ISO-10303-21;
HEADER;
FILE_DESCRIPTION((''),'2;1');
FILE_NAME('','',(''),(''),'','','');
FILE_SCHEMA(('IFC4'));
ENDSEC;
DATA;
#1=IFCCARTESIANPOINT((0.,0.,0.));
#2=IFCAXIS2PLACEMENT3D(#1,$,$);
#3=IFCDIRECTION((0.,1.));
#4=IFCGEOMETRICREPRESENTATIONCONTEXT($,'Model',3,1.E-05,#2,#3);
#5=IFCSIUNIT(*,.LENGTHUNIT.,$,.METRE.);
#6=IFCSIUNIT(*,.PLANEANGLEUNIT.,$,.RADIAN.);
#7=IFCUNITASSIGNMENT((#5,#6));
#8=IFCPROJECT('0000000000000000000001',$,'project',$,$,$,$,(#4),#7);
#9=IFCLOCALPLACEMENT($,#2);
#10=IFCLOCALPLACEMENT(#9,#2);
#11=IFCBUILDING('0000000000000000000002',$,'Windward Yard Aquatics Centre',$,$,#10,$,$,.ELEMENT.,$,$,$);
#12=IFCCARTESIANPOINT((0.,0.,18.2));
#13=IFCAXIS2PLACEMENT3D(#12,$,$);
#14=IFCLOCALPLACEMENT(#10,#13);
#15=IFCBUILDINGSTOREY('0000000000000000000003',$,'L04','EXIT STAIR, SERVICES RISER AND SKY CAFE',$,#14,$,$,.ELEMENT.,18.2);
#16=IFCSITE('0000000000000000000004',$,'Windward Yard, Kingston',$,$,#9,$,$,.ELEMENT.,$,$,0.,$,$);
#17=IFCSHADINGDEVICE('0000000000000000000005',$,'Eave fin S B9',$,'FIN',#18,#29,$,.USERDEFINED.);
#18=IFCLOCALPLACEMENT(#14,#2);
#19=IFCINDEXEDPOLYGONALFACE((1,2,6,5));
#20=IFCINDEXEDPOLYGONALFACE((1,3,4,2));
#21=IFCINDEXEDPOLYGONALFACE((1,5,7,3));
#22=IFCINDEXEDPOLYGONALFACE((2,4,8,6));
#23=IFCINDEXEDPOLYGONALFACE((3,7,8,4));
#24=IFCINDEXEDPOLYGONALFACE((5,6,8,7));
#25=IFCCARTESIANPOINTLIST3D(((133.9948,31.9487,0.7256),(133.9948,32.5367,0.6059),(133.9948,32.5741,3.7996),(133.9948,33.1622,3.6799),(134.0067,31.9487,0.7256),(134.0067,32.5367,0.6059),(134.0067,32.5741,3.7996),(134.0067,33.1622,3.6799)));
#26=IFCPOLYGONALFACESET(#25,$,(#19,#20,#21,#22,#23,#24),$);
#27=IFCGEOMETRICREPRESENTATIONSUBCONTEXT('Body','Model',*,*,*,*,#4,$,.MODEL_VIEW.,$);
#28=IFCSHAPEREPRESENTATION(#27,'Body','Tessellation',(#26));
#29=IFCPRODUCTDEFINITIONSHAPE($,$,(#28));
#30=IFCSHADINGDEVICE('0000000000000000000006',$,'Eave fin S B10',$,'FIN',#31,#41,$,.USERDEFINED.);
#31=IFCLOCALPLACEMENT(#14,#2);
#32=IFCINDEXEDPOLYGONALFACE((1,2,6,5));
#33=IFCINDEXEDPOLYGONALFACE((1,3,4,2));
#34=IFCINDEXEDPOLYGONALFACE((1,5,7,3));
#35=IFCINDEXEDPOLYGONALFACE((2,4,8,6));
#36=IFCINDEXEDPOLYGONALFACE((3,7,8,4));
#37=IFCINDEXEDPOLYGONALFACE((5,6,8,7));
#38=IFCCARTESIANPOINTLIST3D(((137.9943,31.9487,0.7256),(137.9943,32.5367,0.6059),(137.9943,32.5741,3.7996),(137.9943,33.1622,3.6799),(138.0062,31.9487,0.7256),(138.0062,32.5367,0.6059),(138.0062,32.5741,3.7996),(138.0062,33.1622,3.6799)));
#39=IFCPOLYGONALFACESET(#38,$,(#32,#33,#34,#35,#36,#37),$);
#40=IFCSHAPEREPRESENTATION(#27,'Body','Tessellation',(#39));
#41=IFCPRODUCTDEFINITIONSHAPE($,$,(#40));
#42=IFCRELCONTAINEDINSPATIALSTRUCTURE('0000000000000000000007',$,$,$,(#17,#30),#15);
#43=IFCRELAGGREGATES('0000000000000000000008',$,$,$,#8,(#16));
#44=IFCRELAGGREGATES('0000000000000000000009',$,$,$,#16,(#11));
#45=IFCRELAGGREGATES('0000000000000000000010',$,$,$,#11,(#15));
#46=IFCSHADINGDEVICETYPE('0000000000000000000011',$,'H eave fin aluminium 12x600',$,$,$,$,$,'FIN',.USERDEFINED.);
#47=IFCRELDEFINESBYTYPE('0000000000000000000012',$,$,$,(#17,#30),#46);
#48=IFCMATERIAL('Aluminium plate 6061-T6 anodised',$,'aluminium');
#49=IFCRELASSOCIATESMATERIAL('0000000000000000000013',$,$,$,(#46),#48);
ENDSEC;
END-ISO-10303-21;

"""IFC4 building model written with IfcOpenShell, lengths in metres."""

from ifc_helpers import new_model, si_unit, direction, frame, origin, origin_2d, place, context, subcontext, project, spatial, rectangle, extrude, material, material_profile, profile_set, type_object, element, save


model = new_model("IFC4")

# Units and contexts
model_context = context("Model", 3, precision=1e-05, world=origin(), true_north=direction((0.0, 1.0)))
body_context = subcontext(model_context, "Body", "Model", "MODEL_VIEW")
ifc_project = project(units=[si_unit("LENGTHUNIT", "METRE"), si_unit("PLANEANGLEUNIT", "RADIAN")], contexts=[model_context])

# Site, building, storey
site_placement = place(None, origin())
site = spatial("IfcSite", under=ifc_project, at=site_placement, Name="Windward Yard, Kingston", CompositionType="ELEMENT", RefElevation=0.0)
building_placement = place(site_placement, origin())
building = spatial("IfcBuilding", under=site, at=building_placement, Name="Windward Yard Aquatics Centre", CompositionType="ELEMENT")
storey_placement = place(building_placement, frame((0.0, 0.0, 18.2)))
storey = spatial("IfcBuildingStorey", under=building, at=storey_placement, Name="L04", Description="EXIT STAIR, SERVICES RISER AND SKY CAFE", CompositionType="ELEMENT", Elevation=18.2)

# Shading devices
ifc_material_1 = material(Name="Aluminium plate 6061-T6 anodised", Category="aluminium")
ifc_material_profile_1 = material_profile(ifc_material_1, rectangle(XDim=0.012, YDim=0.6001, at=origin_2d()), Name="H eave fin aluminium 12x600")
ifc_profile_set_1 = profile_set([ifc_material_profile_1], Name="Aluminium plate 6061-T6 anodised")
shading_device_type = type_object("IfcShadingDeviceType", Name="H eave fin aluminium 12x600", ElementType="FIN", PredefinedType="USERDEFINED", material=ifc_profile_set_1)
for number, where, z_axis, x_axis, name in (
    (1, (134.0007, 32.2427, 0.6658), (0.0, 0.199393, 0.97992), (-1.0, 0.0, 0.0), "Eave fin S B9"),
    (2, (138.0002, 32.2427, 0.6658), (0.0, 0.199393, 0.97992), (-1.0, 0.0, 0.0), "Eave fin S B10"),
):
    element("IfcShadingDevice", number, at=place(storey_placement, frame(where, z_axis=z_axis, x_axis=x_axis)), inside=storey, type_object=shading_device_type, Name=name, ObjectType="FIN", PredefinedType="USERDEFINED", context=body_context, shape_type="SweptSolid", body=[
        extrude(rectangle(XDim=0.012, YDim=0.6001, at=origin_2d()), origin(), (0.0, 0.0, 1.0), 3.137),
    ])

save(model, "model.ifc")
